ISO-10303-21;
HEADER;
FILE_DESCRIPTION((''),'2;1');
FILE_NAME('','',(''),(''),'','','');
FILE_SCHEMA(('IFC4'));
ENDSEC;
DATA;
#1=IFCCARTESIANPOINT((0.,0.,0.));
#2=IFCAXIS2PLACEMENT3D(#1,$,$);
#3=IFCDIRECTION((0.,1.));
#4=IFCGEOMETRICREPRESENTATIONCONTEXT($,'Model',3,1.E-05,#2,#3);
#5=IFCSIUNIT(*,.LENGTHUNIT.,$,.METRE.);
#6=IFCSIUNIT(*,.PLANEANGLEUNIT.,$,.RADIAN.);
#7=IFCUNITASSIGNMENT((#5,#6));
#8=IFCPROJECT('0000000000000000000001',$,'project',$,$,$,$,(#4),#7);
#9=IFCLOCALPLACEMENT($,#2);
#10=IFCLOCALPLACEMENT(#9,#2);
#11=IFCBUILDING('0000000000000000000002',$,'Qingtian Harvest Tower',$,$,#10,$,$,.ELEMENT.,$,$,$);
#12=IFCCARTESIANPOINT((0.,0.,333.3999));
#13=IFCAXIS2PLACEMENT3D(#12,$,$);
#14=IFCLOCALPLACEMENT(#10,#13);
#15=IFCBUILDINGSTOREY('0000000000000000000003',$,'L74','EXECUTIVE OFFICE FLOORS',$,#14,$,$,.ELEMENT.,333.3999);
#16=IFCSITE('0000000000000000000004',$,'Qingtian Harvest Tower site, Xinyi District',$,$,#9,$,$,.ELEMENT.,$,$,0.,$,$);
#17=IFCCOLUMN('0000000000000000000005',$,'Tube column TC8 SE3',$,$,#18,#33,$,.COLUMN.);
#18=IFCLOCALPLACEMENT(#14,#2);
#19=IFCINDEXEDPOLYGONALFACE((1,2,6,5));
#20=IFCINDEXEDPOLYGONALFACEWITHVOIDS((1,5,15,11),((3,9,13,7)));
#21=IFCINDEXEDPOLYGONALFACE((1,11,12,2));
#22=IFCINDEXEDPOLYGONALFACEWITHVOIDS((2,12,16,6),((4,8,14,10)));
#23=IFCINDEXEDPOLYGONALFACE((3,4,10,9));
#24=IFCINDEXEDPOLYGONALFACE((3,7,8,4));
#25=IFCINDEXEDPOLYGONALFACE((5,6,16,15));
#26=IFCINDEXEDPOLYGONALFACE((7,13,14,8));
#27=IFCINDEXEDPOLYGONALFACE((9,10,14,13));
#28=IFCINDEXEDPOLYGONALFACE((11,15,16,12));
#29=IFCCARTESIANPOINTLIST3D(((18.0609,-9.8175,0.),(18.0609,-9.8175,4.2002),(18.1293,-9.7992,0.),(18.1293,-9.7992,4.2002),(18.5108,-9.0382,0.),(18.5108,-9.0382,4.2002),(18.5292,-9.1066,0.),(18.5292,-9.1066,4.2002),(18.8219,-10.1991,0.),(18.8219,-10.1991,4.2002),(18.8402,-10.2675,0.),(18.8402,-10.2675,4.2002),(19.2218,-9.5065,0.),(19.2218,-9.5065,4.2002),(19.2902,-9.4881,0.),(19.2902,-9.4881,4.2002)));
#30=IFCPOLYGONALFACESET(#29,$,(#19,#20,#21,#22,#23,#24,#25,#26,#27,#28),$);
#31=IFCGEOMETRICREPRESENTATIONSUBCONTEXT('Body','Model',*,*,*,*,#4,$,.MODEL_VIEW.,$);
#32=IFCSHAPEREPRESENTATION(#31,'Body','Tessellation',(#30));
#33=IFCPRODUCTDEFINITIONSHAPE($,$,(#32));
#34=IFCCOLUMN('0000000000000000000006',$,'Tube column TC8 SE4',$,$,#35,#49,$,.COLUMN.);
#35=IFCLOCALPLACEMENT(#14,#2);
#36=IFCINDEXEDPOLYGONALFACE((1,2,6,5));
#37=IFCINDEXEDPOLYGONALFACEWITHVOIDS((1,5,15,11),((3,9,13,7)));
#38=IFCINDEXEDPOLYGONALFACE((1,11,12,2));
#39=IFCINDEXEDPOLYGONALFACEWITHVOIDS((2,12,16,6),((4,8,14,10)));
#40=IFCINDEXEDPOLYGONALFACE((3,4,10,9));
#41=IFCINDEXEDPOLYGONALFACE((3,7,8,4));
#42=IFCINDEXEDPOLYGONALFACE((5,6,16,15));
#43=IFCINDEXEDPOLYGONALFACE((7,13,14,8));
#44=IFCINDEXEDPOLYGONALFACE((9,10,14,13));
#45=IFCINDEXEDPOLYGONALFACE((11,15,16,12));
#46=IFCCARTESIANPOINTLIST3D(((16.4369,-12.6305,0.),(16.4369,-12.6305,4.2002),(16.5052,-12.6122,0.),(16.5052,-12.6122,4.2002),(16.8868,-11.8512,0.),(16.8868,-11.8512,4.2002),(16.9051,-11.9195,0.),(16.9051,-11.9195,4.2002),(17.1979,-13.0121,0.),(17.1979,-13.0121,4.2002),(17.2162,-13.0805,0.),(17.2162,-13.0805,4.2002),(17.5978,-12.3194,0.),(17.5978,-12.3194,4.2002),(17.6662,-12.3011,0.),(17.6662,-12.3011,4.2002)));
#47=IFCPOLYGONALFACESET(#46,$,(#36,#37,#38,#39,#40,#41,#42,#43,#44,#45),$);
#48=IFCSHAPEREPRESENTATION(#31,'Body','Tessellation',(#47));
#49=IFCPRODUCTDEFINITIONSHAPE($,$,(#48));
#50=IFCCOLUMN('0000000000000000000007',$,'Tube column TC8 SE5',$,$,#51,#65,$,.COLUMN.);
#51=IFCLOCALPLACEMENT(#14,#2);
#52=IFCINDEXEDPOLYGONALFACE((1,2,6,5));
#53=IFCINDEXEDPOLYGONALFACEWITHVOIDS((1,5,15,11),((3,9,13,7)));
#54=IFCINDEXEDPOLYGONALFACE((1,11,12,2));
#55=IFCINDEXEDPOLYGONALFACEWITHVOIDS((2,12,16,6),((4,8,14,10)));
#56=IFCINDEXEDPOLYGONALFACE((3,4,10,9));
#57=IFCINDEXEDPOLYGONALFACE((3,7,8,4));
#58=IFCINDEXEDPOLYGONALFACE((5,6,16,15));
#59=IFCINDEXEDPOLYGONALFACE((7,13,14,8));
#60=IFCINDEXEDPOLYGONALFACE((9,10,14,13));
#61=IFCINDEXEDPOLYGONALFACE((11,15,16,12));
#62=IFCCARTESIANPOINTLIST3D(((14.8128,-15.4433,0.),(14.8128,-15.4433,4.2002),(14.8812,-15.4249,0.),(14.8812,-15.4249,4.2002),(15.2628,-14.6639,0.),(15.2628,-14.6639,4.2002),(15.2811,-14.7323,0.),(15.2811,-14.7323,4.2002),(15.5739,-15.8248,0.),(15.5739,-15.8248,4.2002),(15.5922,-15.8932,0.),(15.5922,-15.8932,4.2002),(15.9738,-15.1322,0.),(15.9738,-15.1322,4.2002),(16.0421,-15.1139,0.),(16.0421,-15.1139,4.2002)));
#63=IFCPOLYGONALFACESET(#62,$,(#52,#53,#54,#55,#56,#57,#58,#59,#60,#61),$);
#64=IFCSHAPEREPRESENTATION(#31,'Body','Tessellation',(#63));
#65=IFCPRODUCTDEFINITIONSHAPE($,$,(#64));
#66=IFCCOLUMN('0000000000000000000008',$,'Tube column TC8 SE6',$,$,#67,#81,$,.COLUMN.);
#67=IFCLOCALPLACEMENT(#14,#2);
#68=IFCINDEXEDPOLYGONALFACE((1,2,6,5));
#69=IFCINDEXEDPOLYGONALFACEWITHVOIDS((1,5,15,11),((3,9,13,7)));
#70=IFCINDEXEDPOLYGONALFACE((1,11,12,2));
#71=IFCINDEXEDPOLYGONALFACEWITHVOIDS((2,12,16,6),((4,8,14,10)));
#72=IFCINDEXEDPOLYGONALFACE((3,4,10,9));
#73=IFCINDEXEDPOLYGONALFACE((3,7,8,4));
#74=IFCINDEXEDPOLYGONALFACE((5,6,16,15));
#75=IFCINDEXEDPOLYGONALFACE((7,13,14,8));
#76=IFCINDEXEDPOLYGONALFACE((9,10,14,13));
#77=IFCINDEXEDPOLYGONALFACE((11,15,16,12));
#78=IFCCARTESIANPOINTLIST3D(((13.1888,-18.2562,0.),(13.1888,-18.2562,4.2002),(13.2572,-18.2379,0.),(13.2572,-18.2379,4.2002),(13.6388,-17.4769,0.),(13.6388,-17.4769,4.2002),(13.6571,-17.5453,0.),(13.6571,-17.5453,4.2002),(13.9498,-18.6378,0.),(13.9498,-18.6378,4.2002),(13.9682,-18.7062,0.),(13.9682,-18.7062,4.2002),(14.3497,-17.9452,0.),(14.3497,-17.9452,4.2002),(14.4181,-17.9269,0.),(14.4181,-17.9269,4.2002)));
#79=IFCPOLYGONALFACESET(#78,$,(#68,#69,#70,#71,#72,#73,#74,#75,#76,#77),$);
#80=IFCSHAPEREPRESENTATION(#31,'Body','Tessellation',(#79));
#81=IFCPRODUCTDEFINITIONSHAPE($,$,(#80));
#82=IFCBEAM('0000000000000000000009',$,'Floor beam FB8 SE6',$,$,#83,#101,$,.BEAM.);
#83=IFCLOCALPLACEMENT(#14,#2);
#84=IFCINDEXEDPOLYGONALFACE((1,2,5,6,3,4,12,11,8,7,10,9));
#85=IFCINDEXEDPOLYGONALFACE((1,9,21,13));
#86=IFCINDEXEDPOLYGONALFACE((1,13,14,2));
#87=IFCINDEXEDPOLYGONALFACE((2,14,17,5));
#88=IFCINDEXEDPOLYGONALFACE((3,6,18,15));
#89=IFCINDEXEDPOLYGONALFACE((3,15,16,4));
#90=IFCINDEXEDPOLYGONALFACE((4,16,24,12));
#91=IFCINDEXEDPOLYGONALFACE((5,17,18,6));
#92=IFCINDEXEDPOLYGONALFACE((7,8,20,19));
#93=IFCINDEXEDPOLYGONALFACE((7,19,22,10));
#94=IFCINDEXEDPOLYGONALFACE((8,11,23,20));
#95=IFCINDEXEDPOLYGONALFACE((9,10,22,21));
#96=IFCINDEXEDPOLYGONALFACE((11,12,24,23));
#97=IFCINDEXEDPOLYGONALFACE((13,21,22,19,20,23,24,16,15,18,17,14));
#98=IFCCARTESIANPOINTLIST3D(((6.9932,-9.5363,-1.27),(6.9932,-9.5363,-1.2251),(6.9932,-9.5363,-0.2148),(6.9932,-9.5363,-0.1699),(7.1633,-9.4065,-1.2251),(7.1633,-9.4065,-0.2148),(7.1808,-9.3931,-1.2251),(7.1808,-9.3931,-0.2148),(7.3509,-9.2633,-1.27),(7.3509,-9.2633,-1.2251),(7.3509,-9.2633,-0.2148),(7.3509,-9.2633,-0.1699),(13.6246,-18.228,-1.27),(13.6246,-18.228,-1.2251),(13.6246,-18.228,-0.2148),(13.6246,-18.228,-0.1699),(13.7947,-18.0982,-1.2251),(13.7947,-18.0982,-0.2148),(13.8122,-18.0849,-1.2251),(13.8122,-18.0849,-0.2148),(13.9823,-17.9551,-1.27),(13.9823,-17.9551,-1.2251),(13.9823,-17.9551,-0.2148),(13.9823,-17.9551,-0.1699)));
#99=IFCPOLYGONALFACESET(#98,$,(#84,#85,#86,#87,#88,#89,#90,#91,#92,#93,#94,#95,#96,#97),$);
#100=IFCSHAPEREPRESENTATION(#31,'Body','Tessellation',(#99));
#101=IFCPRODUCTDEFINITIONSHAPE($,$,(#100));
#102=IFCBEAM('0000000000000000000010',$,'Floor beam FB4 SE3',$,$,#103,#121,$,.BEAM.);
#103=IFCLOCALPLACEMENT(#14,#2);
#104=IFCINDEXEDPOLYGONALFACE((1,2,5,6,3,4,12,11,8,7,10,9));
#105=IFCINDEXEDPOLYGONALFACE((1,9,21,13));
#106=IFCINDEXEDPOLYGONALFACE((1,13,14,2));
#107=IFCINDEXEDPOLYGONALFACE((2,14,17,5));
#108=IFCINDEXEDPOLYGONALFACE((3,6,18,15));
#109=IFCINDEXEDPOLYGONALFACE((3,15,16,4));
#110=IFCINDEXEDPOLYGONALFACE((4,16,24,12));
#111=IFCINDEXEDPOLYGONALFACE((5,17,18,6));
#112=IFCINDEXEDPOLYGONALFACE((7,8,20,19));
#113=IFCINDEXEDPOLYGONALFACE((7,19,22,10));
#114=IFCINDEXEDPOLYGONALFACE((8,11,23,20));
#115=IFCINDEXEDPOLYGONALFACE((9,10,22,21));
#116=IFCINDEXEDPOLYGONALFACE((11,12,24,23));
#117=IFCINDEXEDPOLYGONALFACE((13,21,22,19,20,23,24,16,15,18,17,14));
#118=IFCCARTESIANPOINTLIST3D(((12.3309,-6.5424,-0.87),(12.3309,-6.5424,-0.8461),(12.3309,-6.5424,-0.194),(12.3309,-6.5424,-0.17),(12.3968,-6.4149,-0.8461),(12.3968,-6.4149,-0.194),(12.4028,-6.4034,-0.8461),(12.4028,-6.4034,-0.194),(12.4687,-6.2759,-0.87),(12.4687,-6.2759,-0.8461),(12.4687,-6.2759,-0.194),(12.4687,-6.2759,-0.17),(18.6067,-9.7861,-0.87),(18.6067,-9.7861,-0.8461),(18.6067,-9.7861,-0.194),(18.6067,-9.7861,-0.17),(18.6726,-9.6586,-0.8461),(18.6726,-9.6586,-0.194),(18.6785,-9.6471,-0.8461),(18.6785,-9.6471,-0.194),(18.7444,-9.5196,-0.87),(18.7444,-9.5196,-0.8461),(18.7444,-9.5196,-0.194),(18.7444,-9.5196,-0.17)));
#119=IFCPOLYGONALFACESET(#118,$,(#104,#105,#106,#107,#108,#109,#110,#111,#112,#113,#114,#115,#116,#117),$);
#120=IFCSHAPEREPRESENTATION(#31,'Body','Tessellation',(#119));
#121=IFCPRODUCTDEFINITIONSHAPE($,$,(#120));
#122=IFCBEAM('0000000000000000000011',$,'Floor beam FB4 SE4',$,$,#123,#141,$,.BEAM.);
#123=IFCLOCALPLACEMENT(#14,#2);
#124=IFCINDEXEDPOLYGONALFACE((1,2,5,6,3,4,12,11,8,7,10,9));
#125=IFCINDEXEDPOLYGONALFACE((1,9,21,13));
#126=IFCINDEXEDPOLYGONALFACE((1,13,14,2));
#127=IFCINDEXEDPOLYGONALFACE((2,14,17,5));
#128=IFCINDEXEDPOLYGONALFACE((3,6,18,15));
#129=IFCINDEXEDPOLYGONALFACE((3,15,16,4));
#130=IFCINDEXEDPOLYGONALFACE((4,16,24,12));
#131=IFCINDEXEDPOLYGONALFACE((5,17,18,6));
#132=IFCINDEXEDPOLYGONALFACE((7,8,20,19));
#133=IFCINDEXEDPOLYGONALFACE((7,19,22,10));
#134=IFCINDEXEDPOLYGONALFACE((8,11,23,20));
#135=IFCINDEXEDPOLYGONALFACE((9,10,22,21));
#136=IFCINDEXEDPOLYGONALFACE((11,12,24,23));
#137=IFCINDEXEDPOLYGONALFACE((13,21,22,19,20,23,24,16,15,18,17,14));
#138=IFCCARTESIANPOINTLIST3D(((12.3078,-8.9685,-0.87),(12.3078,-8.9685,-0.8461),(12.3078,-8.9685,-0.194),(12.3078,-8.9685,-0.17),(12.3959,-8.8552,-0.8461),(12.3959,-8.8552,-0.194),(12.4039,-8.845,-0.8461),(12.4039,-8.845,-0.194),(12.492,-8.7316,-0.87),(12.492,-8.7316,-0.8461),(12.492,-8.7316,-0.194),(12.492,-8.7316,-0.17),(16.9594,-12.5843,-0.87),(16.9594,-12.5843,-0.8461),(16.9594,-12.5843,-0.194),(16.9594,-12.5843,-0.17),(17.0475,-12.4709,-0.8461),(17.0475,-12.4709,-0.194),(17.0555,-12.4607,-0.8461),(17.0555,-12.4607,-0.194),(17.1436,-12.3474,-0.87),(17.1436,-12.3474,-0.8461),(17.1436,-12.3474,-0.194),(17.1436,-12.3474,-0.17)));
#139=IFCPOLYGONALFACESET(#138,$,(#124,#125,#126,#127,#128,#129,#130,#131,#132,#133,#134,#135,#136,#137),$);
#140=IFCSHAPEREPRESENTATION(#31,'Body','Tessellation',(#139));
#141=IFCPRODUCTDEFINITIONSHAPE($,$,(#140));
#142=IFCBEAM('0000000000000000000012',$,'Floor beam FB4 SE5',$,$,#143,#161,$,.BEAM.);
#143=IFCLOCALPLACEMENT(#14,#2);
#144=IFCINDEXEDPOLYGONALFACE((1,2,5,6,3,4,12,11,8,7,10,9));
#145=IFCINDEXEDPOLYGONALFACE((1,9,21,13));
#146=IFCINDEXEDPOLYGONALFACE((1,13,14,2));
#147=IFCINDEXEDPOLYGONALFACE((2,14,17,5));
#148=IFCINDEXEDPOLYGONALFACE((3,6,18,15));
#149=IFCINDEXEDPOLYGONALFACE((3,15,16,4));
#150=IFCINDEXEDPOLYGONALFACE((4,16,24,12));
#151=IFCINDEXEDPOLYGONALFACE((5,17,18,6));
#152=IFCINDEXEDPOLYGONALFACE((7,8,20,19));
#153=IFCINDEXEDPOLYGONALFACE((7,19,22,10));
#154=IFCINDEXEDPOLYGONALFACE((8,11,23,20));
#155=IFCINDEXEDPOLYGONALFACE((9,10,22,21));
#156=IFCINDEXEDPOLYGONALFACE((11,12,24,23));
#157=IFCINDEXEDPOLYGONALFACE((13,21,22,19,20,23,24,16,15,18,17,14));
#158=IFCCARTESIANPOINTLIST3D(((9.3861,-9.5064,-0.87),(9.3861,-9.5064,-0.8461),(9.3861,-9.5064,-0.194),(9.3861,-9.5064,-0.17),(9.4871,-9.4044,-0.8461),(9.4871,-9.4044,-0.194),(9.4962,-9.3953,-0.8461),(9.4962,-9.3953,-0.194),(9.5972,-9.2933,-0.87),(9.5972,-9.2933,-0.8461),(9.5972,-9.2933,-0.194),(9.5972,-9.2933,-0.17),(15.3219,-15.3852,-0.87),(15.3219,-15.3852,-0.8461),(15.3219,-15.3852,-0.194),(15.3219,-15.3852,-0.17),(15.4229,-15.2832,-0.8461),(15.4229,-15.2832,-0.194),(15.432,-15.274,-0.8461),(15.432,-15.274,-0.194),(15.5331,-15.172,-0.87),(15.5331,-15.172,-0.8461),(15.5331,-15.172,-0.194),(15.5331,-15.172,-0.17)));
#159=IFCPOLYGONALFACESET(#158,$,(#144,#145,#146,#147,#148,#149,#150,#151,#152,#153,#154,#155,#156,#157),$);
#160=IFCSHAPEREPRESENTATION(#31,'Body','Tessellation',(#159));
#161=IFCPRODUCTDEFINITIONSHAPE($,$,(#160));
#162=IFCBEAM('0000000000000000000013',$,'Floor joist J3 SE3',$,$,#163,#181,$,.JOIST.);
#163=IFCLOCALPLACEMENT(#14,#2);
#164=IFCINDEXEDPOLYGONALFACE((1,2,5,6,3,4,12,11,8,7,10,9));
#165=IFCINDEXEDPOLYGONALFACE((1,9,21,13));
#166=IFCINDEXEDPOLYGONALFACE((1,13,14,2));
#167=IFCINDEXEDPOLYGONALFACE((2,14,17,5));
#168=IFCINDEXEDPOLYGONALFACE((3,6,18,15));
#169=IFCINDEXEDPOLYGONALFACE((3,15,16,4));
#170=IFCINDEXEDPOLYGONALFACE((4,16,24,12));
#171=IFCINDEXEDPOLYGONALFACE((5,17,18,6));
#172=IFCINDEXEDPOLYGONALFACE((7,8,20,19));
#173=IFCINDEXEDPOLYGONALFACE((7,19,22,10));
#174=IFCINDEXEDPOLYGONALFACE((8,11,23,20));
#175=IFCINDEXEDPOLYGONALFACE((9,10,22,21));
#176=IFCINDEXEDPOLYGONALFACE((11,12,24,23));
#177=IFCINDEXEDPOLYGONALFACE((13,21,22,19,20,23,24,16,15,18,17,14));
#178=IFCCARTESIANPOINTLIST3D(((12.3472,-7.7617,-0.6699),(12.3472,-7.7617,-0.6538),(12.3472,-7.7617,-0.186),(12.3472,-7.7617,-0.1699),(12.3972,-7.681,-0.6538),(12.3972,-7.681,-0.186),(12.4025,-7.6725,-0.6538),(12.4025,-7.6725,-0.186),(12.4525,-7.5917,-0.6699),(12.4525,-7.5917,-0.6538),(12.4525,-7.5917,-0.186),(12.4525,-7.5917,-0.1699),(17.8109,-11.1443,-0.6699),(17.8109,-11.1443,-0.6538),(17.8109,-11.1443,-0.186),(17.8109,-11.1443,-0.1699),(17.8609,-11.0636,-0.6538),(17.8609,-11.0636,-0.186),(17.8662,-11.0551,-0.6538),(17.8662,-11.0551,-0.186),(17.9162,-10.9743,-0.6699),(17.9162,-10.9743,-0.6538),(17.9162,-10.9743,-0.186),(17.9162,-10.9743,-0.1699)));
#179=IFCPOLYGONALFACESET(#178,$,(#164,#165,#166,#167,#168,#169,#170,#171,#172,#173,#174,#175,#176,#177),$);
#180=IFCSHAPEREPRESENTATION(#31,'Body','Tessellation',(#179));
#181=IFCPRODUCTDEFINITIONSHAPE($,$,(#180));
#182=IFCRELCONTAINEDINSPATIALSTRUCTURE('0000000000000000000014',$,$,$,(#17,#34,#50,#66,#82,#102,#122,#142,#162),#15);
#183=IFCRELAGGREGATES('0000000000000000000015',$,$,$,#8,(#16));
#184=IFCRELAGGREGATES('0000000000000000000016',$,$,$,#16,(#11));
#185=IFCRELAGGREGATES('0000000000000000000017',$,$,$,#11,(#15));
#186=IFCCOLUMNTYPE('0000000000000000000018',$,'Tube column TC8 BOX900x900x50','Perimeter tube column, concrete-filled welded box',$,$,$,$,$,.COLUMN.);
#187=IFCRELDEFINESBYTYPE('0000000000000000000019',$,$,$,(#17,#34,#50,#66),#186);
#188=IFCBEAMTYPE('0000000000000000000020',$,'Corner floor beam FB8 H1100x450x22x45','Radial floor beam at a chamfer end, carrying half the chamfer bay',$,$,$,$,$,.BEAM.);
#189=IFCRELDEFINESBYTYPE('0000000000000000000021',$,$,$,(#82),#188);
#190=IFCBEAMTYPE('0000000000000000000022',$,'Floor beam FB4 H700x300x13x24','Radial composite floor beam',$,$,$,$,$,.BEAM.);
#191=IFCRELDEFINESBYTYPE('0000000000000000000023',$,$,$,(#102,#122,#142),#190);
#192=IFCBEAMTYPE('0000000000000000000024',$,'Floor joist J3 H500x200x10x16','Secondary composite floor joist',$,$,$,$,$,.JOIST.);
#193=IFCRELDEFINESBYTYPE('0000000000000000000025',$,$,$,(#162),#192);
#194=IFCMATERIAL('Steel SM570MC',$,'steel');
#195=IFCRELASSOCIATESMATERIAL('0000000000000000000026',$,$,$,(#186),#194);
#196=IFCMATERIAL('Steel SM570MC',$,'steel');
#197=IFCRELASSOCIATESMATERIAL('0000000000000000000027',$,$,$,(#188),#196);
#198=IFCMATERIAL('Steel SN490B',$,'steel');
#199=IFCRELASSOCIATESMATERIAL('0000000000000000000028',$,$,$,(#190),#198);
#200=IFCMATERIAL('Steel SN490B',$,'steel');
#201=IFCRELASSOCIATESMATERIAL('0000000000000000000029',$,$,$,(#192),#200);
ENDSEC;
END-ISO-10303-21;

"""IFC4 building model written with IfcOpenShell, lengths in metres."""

from ifc_helpers import new_model, si_unit, direction, frame, origin, origin_2d, place, context, subcontext, project, spatial, hollow_rectangle, i_section, extrude, material, material_profile, profile_set, type_object, element, save


model = new_model("IFC4")

# Units and contexts
model_context = context("Model", 3, precision=1e-05, world=origin(), true_north=direction((0.0, 1.0)))
body_context = subcontext(model_context, "Body", "Model", "MODEL_VIEW")
ifc_project = project(units=[si_unit("LENGTHUNIT", "METRE"), si_unit("PLANEANGLEUNIT", "RADIAN")], contexts=[model_context])

# Site, building, storey
site_placement = place(None, origin())
site = spatial("IfcSite", under=ifc_project, at=site_placement, Name="Qingtian Harvest Tower site, Xinyi District", CompositionType="ELEMENT", RefElevation=0.0)
building_placement = place(site_placement, origin())
building = spatial("IfcBuilding", under=site, at=building_placement, Name="Qingtian Harvest Tower", CompositionType="ELEMENT")
storey_placement = place(building_placement, frame((0.0, 0.0, 333.3999)))
storey = spatial("IfcBuildingStorey", under=building, at=storey_placement, Name="L74", Description="EXECUTIVE OFFICE FLOORS", CompositionType="ELEMENT", Elevation=333.3999)

# Columns
ifc_material_1 = material(Name="Steel SM570MC", Category="steel")
ifc_material_profile_1 = material_profile(ifc_material_1, hollow_rectangle(XDim=0.8999, YDim=0.8999, WallThickness=0.05, at=origin_2d()), Name="BOX900x900x50")
ifc_profile_set_1 = profile_set([ifc_material_profile_1], Name="Steel SM570MC")
column_type = type_object("IfcColumnType", Name="Tube column TC8 BOX900x900x50", Description="Perimeter tube column, concrete-filled welded box", PredefinedType="COLUMN", material=ifc_profile_set_1)
for number, where, z_axis, x_axis, name in (
    (1, (18.6755, -9.6528, 0.0), (0.0, 0.0, 1.0), (0.5, 0.866025, 0.0), "Tube column TC8 SE3"),
    (2, (17.0515, -12.4658, 0.0), (0.0, 0.0, 1.0), (0.5, 0.866025, 0.0), "Tube column TC8 SE4"),
    (3, (15.4275, -15.2786, 0.0), (0.0, 0.0, 1.0), (0.5, 0.866025, 0.0), "Tube column TC8 SE5"),
    (4, (13.8035, -18.0916, 0.0), (0.0, 0.0, 1.0), (0.5, 0.866025, 0.0), "Tube column TC8 SE6"),
):
    element("IfcColumn", number, at=place(storey_placement, frame(where, z_axis=z_axis, x_axis=x_axis)), inside=storey, type_object=column_type, Name=name, PredefinedType="COLUMN", context=body_context, shape_type="SweptSolid", body=[
        extrude(hollow_rectangle(XDim=0.8999, YDim=0.8999, WallThickness=0.05, at=origin_2d()), origin(), (0.0, 0.0, 1.0), 4.2002),
    ])

# Beams
ifc_material_2 = material(Name="Steel SM570MC", Category="steel")
ifc_material_profile_2 = material_profile(ifc_material_2, i_section(OverallWidth=0.45, OverallDepth=1.1001, WebThickness=0.022, FlangeThickness=0.0449, at=origin_2d()), Name="H1100x450x22x45")
ifc_profile_set_2 = profile_set([ifc_material_profile_2], Name="Steel SM570MC")
beam_type_1 = type_object("IfcBeamType", Name="Corner floor beam FB8 H1100x450x22x45", Description="Radial floor beam at a chamfer end, carrying half the chamfer bay", PredefinedType="BEAM", material=ifc_profile_set_2)
beam_1_placement = place(storey_placement, frame((13.8035, -18.0916, -0.72), z_axis=(-0.606572, 0.795029, 0.0), x_axis=(-0.795029, -0.606572, 0.0)))
element("IfcBeam", 5, at=beam_1_placement, inside=storey, type_object=beam_type_1, Name="Floor beam FB8 SE6", PredefinedType="BEAM", context=body_context, shape_type="SweptSolid", body=[
    extrude(i_section(OverallWidth=0.45, OverallDepth=1.1001, WebThickness=0.022, FlangeThickness=0.0449, at=origin_2d()), origin(), (0.0, 0.0, 1.0), 10.9326),
])
ifc_material_3 = material(Name="Steel SN490B", Category="steel")
ifc_material_profile_3 = material_profile(ifc_material_3, i_section(OverallWidth=0.3, OverallDepth=0.7, WebThickness=0.0129, FlangeThickness=0.0239, at=origin_2d()), Name="H700x300x13x24")
ifc_profile_set_3 = profile_set([ifc_material_profile_3], Name="Steel SN490B")
beam_type_2 = type_object("IfcBeamType", Name="Floor beam FB4 H700x300x13x24", Description="Radial composite floor beam", PredefinedType="BEAM", material=ifc_profile_set_3)
beam_2_placement = place(storey_placement, frame((18.6755, -9.6528, -0.52), z_axis=(-0.888354, 0.459159, 0.0), x_axis=(-0.459159, -0.888354, 0.0)))
element("IfcBeam", 6, at=beam_2_placement, inside=storey, type_object=beam_type_2, Name="Floor beam FB4 SE3", PredefinedType="BEAM", context=body_context, shape_type="SweptSolid", body=[
    extrude(i_section(OverallWidth=0.3, OverallDepth=0.7, WebThickness=0.0129, FlangeThickness=0.0239, at=origin_2d()), origin(), (0.0, 0.0, 1.0), 7.0645),
])
beam_3_placement = place(storey_placement, frame((17.0515, -12.4658, -0.52), z_axis=(-0.789533, 0.613708, 0.0), x_axis=(-0.613708, -0.789533, 0.0)))
element("IfcBeam", 7, at=beam_3_placement, inside=storey, type_object=beam_type_2, Name="Floor beam FB4 SE4", PredefinedType="BEAM", context=body_context, shape_type="SweptSolid", body=[
    extrude(i_section(OverallWidth=0.3, OverallDepth=0.7, WebThickness=0.0129, FlangeThickness=0.0239, at=origin_2d()), origin(), (0.0, 0.0, 1.0), 5.8916),
])
beam_4_placement = place(storey_placement, frame((15.4275, -15.2786, -0.52), z_axis=(-0.710518, 0.703679, 0.0), x_axis=(-0.703679, -0.710518, 0.0)))
element("IfcBeam", 8, at=beam_4_placement, inside=storey, type_object=beam_type_2, Name="Floor beam FB4 SE5", PredefinedType="BEAM", context=body_context, shape_type="SweptSolid", body=[
    extrude(i_section(OverallWidth=0.3, OverallDepth=0.7, WebThickness=0.0129, FlangeThickness=0.0239, at=origin_2d()), origin(), (0.0, 0.0, 1.0), 8.3542),
])
ifc_material_4 = material(Name="Steel SN490B", Category="steel")
ifc_material_profile_4 = material_profile(ifc_material_4, i_section(OverallWidth=0.2, OverallDepth=0.5, WebThickness=0.01, FlangeThickness=0.0161, at=origin_2d()), Name="H500x200x10x16")
ifc_profile_set_4 = profile_set([ifc_material_profile_4], Name="Steel SN490B")
beam_type_3 = type_object("IfcBeamType", Name="Floor joist J3 H500x200x10x16", Description="Secondary composite floor joist", PredefinedType="JOIST", material=ifc_profile_set_4)
beam_5_placement = place(storey_placement, frame((17.8635, -11.0593, -0.4199), z_axis=(-0.850242, 0.526391, 0.0), x_axis=(-0.526391, -0.850242, 0.0)))
element("IfcBeam", 9, at=beam_5_placement, inside=storey, type_object=beam_type_3, Name="Floor joist J3 SE3", PredefinedType="JOIST", context=body_context, shape_type="SweptSolid", body=[
    extrude(i_section(OverallWidth=0.2, OverallDepth=0.5, WebThickness=0.01, FlangeThickness=0.0161, at=origin_2d()), origin(), (0.0, 0.0, 1.0), 6.426),
])

save(model, "model.ifc")
